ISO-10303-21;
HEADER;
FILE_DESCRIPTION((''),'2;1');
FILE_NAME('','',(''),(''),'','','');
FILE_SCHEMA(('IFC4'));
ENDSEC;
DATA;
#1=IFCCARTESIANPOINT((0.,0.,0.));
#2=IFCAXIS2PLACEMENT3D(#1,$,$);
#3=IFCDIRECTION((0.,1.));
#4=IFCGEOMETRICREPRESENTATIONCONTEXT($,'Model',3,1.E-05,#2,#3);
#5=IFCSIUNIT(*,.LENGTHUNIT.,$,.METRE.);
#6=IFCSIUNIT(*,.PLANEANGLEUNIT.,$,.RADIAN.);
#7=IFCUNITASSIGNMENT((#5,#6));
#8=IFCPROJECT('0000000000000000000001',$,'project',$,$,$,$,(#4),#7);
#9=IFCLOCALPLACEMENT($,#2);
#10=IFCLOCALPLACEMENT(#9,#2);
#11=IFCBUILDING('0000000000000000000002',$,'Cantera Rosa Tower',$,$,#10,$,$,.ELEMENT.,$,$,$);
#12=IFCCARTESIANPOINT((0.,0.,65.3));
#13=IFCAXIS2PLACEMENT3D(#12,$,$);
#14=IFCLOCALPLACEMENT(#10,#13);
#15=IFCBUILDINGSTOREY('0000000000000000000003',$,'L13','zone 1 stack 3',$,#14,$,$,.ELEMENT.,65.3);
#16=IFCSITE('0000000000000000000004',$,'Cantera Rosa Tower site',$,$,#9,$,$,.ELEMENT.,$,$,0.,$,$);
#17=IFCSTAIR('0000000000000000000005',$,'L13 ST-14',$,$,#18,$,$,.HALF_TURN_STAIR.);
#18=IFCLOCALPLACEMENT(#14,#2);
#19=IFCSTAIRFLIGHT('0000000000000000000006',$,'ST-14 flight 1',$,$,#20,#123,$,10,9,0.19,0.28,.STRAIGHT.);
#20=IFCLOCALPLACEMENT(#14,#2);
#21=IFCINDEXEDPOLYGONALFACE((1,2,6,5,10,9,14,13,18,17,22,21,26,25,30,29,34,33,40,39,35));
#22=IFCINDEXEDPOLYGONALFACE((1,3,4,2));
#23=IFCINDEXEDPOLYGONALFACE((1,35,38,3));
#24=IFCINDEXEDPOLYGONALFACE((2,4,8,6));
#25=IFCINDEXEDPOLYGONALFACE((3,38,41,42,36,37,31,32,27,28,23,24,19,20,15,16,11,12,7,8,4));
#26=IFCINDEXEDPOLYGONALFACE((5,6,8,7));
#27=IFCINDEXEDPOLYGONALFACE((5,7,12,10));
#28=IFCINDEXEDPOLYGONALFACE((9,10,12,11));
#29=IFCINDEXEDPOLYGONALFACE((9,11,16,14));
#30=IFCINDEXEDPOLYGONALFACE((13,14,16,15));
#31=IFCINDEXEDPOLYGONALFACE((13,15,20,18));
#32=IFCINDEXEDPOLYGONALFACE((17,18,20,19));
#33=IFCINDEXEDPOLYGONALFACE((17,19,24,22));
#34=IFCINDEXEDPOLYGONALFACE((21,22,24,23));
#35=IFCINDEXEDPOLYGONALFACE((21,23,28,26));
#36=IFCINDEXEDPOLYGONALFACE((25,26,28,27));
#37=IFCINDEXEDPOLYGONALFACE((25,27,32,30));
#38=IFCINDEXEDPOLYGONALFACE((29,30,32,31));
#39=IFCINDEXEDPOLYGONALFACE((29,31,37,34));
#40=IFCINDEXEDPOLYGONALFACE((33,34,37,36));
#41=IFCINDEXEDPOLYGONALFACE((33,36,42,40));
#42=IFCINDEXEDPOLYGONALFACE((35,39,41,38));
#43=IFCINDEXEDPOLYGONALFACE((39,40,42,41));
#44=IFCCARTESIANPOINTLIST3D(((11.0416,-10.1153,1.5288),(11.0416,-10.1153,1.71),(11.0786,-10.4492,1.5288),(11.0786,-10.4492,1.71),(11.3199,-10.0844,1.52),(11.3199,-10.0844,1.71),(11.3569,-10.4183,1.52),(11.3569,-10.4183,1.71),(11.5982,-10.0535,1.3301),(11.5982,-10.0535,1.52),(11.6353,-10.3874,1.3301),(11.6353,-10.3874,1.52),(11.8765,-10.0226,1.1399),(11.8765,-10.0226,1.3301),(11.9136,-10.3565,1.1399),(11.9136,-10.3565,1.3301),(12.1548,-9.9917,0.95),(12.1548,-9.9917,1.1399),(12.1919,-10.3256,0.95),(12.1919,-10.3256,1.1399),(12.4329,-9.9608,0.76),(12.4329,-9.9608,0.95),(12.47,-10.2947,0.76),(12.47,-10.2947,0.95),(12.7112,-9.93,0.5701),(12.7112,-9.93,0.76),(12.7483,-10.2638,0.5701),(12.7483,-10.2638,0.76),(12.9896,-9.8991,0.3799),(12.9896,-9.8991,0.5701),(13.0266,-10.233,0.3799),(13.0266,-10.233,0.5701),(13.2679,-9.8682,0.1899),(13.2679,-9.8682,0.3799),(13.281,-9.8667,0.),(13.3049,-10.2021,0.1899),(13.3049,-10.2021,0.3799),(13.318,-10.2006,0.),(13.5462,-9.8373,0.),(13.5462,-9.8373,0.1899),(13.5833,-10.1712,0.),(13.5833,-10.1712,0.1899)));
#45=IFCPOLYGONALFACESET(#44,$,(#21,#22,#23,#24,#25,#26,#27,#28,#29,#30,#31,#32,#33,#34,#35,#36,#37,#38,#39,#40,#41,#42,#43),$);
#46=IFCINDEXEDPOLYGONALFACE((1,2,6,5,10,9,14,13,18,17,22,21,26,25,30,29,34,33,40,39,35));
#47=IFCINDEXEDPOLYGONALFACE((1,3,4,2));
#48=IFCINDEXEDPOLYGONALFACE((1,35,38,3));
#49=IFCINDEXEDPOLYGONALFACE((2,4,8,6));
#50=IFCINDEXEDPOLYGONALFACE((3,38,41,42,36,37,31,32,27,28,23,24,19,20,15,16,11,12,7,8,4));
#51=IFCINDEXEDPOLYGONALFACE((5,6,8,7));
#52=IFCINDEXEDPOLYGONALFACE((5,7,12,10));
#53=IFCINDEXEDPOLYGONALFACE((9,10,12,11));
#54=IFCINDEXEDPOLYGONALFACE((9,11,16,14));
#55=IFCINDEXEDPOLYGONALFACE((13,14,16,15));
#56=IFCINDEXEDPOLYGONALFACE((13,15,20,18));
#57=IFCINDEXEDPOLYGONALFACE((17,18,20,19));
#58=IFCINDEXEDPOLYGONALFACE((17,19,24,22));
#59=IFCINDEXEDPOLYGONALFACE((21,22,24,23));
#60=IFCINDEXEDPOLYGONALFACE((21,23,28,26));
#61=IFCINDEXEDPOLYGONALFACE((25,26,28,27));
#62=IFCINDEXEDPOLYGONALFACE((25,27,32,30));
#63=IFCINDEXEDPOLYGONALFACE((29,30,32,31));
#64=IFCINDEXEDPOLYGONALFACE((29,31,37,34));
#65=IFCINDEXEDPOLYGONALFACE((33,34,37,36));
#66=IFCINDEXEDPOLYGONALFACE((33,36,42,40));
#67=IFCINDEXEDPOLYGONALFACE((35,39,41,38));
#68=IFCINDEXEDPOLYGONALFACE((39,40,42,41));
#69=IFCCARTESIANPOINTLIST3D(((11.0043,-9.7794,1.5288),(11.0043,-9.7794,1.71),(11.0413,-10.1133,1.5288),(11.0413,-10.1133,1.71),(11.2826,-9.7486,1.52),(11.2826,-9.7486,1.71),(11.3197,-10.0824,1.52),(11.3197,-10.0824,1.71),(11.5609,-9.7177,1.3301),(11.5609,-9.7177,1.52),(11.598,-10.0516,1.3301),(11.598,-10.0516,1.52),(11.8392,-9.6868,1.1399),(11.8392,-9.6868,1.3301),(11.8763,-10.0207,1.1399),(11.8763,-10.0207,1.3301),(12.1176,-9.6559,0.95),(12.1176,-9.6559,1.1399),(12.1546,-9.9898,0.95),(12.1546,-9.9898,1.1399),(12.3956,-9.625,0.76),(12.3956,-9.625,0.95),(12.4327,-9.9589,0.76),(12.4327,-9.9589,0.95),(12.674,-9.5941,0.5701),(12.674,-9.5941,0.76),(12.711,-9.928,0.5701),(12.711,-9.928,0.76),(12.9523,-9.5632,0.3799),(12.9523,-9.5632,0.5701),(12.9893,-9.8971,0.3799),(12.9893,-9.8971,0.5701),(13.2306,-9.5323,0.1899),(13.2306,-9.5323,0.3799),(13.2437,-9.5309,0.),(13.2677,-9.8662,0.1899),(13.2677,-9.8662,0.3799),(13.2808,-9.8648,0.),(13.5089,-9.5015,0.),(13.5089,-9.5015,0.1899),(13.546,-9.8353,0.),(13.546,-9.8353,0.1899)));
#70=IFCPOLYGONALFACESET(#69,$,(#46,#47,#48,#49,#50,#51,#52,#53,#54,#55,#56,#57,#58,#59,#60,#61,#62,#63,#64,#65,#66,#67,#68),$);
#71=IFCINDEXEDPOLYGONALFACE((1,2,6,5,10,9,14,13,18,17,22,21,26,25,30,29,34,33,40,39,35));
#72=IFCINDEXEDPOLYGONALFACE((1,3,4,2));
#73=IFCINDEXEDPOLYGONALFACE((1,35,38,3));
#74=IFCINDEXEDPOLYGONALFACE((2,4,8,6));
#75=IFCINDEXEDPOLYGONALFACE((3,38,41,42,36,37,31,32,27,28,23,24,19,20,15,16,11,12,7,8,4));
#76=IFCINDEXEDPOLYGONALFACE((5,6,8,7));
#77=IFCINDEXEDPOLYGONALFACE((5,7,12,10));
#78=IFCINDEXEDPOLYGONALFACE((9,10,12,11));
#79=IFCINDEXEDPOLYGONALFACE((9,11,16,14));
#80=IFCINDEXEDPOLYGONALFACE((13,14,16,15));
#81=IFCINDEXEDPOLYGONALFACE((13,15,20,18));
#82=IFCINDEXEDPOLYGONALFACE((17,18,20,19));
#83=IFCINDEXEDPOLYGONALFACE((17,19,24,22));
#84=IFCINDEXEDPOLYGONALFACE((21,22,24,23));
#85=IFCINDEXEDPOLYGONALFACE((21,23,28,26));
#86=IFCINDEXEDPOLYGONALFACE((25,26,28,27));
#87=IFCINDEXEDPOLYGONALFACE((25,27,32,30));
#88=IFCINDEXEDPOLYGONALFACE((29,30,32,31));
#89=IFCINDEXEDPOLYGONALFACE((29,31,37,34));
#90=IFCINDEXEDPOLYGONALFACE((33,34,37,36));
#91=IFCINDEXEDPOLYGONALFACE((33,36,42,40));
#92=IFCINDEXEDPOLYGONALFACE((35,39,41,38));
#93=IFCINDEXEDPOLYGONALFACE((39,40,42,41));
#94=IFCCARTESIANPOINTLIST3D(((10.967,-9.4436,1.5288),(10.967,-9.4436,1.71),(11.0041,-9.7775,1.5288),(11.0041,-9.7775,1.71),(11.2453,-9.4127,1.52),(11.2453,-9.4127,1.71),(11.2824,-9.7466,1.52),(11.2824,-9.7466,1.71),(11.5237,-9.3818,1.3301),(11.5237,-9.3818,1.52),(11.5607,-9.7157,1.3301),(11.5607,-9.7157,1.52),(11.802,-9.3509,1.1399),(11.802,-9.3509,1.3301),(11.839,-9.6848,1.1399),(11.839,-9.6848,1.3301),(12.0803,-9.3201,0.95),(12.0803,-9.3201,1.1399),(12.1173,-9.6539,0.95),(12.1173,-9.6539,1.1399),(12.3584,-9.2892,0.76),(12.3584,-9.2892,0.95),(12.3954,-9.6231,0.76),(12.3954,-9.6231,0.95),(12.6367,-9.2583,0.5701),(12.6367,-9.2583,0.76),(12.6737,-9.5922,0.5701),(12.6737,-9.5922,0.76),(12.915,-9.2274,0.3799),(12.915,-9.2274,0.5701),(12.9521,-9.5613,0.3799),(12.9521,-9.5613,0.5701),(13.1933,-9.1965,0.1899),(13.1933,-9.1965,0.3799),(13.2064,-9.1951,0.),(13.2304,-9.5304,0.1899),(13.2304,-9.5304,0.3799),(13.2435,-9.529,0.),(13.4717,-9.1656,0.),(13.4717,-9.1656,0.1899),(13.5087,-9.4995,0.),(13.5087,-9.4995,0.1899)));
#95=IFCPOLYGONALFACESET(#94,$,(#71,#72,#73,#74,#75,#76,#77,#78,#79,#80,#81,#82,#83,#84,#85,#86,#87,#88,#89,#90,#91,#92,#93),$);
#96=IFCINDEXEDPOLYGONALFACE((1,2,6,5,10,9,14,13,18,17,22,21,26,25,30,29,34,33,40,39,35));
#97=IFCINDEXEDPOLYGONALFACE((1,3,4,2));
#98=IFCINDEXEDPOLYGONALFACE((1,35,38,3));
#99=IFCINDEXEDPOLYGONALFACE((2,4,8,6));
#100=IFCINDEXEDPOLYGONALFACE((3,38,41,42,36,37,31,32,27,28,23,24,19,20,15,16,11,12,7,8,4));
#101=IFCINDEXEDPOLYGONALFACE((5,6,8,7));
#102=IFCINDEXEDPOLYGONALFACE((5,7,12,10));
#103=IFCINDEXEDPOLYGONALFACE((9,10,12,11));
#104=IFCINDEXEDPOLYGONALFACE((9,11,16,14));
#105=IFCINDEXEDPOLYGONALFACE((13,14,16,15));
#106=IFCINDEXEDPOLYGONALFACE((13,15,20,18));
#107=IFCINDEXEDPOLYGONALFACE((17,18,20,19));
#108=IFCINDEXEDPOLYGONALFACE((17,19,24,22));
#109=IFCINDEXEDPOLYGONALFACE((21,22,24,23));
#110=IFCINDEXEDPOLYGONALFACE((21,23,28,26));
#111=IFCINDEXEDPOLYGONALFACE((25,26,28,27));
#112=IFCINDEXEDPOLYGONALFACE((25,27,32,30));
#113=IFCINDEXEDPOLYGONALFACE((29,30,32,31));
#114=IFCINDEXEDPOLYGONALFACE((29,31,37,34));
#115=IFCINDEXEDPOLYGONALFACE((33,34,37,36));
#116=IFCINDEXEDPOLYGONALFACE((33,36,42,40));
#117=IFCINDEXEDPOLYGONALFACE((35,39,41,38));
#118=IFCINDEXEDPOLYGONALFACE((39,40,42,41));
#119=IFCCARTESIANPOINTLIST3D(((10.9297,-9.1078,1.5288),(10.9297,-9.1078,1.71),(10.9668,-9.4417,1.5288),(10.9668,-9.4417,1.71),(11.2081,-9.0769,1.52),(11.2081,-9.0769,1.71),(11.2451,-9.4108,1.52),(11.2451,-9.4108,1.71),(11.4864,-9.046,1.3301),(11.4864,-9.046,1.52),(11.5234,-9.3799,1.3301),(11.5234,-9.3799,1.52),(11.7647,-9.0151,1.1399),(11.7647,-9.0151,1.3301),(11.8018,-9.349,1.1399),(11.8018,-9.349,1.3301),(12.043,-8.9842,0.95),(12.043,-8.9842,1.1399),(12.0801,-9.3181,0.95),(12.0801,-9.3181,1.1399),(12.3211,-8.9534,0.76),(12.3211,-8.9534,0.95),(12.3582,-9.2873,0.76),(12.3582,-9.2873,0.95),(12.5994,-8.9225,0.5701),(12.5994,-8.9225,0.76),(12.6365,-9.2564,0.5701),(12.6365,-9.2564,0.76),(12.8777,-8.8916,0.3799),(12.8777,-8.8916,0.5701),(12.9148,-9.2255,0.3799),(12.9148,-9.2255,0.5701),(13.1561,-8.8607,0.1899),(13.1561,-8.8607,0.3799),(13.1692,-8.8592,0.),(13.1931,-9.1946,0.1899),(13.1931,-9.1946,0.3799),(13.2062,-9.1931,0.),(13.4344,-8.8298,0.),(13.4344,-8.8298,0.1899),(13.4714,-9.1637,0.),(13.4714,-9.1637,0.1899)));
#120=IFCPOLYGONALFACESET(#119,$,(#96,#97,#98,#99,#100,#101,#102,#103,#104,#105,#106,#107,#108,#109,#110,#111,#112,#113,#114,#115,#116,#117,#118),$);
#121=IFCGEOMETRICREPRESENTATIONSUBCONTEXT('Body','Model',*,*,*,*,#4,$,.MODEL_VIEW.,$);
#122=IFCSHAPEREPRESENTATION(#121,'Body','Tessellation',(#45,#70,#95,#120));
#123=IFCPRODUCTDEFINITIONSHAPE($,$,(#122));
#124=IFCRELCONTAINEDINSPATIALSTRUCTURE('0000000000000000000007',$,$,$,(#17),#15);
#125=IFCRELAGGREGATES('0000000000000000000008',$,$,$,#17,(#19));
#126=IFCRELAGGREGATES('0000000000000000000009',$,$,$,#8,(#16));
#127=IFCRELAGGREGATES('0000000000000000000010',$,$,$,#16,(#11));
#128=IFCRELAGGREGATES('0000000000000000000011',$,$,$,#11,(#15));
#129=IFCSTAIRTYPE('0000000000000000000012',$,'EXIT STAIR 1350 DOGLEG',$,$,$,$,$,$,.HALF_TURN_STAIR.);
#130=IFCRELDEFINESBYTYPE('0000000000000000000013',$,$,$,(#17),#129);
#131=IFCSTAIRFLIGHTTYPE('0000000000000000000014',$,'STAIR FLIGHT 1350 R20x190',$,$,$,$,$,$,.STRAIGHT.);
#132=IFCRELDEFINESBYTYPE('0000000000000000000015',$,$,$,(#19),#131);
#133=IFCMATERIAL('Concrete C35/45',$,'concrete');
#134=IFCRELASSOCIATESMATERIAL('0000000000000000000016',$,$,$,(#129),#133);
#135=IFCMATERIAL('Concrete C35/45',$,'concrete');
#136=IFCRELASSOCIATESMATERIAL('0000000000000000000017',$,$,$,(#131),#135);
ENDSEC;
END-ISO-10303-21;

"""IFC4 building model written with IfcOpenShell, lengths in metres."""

from ifc_helpers import new_model, si_unit, direction, frame, origin, place, context, subcontext, project, spatial, polyline, outline, extrude, material, type_object, element, aggregate, save


model = new_model("IFC4")

# Units and contexts
model_context = context("Model", 3, precision=1e-05, world=origin(), true_north=direction((0.0, 1.0)))
body_context = subcontext(model_context, "Body", "Model", "MODEL_VIEW")
ifc_project = project(units=[si_unit("LENGTHUNIT", "METRE"), si_unit("PLANEANGLEUNIT", "RADIAN")], contexts=[model_context])

# Site, building, storey
site_placement = place(None, origin())
site = spatial("IfcSite", under=ifc_project, at=site_placement, Name="Cantera Rosa Tower site", CompositionType="ELEMENT", RefElevation=0.0)
building_placement = place(site_placement, origin())
building = spatial("IfcBuilding", under=site, at=building_placement, Name="Cantera Rosa Tower", CompositionType="ELEMENT")
storey_placement = place(building_placement, frame((0.0, 0.0, 65.3)))
storey = spatial("IfcBuildingStorey", under=building, at=storey_placement, Name="L13", Description="zone 1 stack 3", CompositionType="ELEMENT", Elevation=65.3)

# Stair, stair flight
ifc_material_1 = material(Name="Concrete C35/45", Category="concrete")
stair_type = type_object("IfcStairType", Name="EXIT STAIR 1350 DOGLEG", PredefinedType="HALF_TURN_STAIR", material=ifc_material_1)
stair_placement = place(storey_placement, origin())
stair = element("IfcStair", 1, at=stair_placement, inside=storey, type_object=stair_type, Name="L13 ST-14", PredefinedType="HALF_TURN_STAIR")
ifc_material_2 = material(Name="Concrete C35/45", Category="concrete")
stair_flight_type = type_object("IfcStairFlightType", Name="STAIR FLIGHT 1350 R20x190", PredefinedType="STRAIGHT", material=ifc_material_2)
stair_flight_1_placement = place(storey_placement, frame((13.5088, -9.5002, 0.0), z_axis=(0.0, 0.0, 1.0), x_axis=(-0.993897, -0.110313, 0.0)))
stair_flight_1 = element("IfcStairFlight", 2, at=stair_flight_1_placement, type_object=stair_flight_type, Name="ST-14 flight 1", NumberOfRisers=10, NumberOfTreads=9, PredefinedType="STRAIGHT", RiserHeight=0.19, TreadLength=0.28, context=body_context, shape_type="SweptSolid", body=[
    extrude(outline(polyline([(0.0, 0.0), (0.0, 0.1899), (0.28, 0.1899), (0.28, 0.3799), (0.5601, 0.3799), (0.5601, 0.5701), (0.8401, 0.5701), (0.8401, 0.76), (1.1201, 0.76), (1.1201, 0.95), (1.3999, 0.95), (1.3999, 1.1399), (1.6799, 1.1399), (1.6799, 1.3301), (1.96, 1.3301), (1.96, 1.52), (2.24, 1.52), (2.24, 1.71), (2.52, 1.71), (2.52, 1.8999), (2.52, 1.5288), (0.2668, 0.0), (0.0, 0.0)])), frame((0.0, 0.675, 0.0), z_axis=(0.0, -1.0, 0.0), x_axis=(1.0, 0.0, 0.0)), (0.0, 0.0, 1.0), 0.3359),
    extrude(outline(polyline([(0.0, 0.0), (0.0, 0.1899), (0.28, 0.1899), (0.28, 0.3799), (0.5601, 0.3799), (0.5601, 0.5701), (0.8401, 0.5701), (0.8401, 0.76), (1.1201, 0.76), (1.1201, 0.95), (1.3999, 0.95), (1.3999, 1.1399), (1.6799, 1.1399), (1.6799, 1.3301), (1.96, 1.3301), (1.96, 1.52), (2.24, 1.52), (2.24, 1.71), (2.52, 1.71), (2.52, 1.8999), (2.52, 1.5288), (0.2668, 0.0), (0.0, 0.0)])), frame((0.0, 0.3372, 0.0), z_axis=(0.0, -1.0, 0.0), x_axis=(1.0, 0.0, 0.0)), (0.0, 0.0, 1.0), 0.3359),
    extrude(outline(polyline([(0.0, 0.0), (0.0, 0.1899), (0.28, 0.1899), (0.28, 0.3799), (0.5601, 0.3799), (0.5601, 0.5701), (0.8401, 0.5701), (0.8401, 0.76), (1.1201, 0.76), (1.1201, 0.95), (1.3999, 0.95), (1.3999, 1.1399), (1.6799, 1.1399), (1.6799, 1.3301), (1.96, 1.3301), (1.96, 1.52), (2.24, 1.52), (2.24, 1.71), (2.52, 1.71), (2.52, 1.8999), (2.52, 1.5288), (0.2668, 0.0), (0.0, 0.0)])), frame((0.0, -0.0007, 0.0), z_axis=(0.0, -1.0, 0.0), x_axis=(1.0, 0.0, 0.0)), (0.0, 0.0, 1.0), 0.3359),
    extrude(outline(polyline([(0.0, 0.0), (0.0, 0.1899), (0.28, 0.1899), (0.28, 0.3799), (0.5601, 0.3799), (0.5601, 0.5701), (0.8401, 0.5701), (0.8401, 0.76), (1.1201, 0.76), (1.1201, 0.95), (1.3999, 0.95), (1.3999, 1.1399), (1.6799, 1.1399), (1.6799, 1.3301), (1.96, 1.3301), (1.96, 1.52), (2.24, 1.52), (2.24, 1.71), (2.52, 1.71), (2.52, 1.8999), (2.52, 1.5288), (0.2668, 0.0), (0.0, 0.0)])), frame((0.0, -0.3386, 0.0), z_axis=(0.0, -1.0, 0.0), x_axis=(1.0, 0.0, 0.0)), (0.0, 0.0, 1.0), 0.3359),
])
aggregate(stair, [stair_flight_1])

save(model, "model.ifc")
